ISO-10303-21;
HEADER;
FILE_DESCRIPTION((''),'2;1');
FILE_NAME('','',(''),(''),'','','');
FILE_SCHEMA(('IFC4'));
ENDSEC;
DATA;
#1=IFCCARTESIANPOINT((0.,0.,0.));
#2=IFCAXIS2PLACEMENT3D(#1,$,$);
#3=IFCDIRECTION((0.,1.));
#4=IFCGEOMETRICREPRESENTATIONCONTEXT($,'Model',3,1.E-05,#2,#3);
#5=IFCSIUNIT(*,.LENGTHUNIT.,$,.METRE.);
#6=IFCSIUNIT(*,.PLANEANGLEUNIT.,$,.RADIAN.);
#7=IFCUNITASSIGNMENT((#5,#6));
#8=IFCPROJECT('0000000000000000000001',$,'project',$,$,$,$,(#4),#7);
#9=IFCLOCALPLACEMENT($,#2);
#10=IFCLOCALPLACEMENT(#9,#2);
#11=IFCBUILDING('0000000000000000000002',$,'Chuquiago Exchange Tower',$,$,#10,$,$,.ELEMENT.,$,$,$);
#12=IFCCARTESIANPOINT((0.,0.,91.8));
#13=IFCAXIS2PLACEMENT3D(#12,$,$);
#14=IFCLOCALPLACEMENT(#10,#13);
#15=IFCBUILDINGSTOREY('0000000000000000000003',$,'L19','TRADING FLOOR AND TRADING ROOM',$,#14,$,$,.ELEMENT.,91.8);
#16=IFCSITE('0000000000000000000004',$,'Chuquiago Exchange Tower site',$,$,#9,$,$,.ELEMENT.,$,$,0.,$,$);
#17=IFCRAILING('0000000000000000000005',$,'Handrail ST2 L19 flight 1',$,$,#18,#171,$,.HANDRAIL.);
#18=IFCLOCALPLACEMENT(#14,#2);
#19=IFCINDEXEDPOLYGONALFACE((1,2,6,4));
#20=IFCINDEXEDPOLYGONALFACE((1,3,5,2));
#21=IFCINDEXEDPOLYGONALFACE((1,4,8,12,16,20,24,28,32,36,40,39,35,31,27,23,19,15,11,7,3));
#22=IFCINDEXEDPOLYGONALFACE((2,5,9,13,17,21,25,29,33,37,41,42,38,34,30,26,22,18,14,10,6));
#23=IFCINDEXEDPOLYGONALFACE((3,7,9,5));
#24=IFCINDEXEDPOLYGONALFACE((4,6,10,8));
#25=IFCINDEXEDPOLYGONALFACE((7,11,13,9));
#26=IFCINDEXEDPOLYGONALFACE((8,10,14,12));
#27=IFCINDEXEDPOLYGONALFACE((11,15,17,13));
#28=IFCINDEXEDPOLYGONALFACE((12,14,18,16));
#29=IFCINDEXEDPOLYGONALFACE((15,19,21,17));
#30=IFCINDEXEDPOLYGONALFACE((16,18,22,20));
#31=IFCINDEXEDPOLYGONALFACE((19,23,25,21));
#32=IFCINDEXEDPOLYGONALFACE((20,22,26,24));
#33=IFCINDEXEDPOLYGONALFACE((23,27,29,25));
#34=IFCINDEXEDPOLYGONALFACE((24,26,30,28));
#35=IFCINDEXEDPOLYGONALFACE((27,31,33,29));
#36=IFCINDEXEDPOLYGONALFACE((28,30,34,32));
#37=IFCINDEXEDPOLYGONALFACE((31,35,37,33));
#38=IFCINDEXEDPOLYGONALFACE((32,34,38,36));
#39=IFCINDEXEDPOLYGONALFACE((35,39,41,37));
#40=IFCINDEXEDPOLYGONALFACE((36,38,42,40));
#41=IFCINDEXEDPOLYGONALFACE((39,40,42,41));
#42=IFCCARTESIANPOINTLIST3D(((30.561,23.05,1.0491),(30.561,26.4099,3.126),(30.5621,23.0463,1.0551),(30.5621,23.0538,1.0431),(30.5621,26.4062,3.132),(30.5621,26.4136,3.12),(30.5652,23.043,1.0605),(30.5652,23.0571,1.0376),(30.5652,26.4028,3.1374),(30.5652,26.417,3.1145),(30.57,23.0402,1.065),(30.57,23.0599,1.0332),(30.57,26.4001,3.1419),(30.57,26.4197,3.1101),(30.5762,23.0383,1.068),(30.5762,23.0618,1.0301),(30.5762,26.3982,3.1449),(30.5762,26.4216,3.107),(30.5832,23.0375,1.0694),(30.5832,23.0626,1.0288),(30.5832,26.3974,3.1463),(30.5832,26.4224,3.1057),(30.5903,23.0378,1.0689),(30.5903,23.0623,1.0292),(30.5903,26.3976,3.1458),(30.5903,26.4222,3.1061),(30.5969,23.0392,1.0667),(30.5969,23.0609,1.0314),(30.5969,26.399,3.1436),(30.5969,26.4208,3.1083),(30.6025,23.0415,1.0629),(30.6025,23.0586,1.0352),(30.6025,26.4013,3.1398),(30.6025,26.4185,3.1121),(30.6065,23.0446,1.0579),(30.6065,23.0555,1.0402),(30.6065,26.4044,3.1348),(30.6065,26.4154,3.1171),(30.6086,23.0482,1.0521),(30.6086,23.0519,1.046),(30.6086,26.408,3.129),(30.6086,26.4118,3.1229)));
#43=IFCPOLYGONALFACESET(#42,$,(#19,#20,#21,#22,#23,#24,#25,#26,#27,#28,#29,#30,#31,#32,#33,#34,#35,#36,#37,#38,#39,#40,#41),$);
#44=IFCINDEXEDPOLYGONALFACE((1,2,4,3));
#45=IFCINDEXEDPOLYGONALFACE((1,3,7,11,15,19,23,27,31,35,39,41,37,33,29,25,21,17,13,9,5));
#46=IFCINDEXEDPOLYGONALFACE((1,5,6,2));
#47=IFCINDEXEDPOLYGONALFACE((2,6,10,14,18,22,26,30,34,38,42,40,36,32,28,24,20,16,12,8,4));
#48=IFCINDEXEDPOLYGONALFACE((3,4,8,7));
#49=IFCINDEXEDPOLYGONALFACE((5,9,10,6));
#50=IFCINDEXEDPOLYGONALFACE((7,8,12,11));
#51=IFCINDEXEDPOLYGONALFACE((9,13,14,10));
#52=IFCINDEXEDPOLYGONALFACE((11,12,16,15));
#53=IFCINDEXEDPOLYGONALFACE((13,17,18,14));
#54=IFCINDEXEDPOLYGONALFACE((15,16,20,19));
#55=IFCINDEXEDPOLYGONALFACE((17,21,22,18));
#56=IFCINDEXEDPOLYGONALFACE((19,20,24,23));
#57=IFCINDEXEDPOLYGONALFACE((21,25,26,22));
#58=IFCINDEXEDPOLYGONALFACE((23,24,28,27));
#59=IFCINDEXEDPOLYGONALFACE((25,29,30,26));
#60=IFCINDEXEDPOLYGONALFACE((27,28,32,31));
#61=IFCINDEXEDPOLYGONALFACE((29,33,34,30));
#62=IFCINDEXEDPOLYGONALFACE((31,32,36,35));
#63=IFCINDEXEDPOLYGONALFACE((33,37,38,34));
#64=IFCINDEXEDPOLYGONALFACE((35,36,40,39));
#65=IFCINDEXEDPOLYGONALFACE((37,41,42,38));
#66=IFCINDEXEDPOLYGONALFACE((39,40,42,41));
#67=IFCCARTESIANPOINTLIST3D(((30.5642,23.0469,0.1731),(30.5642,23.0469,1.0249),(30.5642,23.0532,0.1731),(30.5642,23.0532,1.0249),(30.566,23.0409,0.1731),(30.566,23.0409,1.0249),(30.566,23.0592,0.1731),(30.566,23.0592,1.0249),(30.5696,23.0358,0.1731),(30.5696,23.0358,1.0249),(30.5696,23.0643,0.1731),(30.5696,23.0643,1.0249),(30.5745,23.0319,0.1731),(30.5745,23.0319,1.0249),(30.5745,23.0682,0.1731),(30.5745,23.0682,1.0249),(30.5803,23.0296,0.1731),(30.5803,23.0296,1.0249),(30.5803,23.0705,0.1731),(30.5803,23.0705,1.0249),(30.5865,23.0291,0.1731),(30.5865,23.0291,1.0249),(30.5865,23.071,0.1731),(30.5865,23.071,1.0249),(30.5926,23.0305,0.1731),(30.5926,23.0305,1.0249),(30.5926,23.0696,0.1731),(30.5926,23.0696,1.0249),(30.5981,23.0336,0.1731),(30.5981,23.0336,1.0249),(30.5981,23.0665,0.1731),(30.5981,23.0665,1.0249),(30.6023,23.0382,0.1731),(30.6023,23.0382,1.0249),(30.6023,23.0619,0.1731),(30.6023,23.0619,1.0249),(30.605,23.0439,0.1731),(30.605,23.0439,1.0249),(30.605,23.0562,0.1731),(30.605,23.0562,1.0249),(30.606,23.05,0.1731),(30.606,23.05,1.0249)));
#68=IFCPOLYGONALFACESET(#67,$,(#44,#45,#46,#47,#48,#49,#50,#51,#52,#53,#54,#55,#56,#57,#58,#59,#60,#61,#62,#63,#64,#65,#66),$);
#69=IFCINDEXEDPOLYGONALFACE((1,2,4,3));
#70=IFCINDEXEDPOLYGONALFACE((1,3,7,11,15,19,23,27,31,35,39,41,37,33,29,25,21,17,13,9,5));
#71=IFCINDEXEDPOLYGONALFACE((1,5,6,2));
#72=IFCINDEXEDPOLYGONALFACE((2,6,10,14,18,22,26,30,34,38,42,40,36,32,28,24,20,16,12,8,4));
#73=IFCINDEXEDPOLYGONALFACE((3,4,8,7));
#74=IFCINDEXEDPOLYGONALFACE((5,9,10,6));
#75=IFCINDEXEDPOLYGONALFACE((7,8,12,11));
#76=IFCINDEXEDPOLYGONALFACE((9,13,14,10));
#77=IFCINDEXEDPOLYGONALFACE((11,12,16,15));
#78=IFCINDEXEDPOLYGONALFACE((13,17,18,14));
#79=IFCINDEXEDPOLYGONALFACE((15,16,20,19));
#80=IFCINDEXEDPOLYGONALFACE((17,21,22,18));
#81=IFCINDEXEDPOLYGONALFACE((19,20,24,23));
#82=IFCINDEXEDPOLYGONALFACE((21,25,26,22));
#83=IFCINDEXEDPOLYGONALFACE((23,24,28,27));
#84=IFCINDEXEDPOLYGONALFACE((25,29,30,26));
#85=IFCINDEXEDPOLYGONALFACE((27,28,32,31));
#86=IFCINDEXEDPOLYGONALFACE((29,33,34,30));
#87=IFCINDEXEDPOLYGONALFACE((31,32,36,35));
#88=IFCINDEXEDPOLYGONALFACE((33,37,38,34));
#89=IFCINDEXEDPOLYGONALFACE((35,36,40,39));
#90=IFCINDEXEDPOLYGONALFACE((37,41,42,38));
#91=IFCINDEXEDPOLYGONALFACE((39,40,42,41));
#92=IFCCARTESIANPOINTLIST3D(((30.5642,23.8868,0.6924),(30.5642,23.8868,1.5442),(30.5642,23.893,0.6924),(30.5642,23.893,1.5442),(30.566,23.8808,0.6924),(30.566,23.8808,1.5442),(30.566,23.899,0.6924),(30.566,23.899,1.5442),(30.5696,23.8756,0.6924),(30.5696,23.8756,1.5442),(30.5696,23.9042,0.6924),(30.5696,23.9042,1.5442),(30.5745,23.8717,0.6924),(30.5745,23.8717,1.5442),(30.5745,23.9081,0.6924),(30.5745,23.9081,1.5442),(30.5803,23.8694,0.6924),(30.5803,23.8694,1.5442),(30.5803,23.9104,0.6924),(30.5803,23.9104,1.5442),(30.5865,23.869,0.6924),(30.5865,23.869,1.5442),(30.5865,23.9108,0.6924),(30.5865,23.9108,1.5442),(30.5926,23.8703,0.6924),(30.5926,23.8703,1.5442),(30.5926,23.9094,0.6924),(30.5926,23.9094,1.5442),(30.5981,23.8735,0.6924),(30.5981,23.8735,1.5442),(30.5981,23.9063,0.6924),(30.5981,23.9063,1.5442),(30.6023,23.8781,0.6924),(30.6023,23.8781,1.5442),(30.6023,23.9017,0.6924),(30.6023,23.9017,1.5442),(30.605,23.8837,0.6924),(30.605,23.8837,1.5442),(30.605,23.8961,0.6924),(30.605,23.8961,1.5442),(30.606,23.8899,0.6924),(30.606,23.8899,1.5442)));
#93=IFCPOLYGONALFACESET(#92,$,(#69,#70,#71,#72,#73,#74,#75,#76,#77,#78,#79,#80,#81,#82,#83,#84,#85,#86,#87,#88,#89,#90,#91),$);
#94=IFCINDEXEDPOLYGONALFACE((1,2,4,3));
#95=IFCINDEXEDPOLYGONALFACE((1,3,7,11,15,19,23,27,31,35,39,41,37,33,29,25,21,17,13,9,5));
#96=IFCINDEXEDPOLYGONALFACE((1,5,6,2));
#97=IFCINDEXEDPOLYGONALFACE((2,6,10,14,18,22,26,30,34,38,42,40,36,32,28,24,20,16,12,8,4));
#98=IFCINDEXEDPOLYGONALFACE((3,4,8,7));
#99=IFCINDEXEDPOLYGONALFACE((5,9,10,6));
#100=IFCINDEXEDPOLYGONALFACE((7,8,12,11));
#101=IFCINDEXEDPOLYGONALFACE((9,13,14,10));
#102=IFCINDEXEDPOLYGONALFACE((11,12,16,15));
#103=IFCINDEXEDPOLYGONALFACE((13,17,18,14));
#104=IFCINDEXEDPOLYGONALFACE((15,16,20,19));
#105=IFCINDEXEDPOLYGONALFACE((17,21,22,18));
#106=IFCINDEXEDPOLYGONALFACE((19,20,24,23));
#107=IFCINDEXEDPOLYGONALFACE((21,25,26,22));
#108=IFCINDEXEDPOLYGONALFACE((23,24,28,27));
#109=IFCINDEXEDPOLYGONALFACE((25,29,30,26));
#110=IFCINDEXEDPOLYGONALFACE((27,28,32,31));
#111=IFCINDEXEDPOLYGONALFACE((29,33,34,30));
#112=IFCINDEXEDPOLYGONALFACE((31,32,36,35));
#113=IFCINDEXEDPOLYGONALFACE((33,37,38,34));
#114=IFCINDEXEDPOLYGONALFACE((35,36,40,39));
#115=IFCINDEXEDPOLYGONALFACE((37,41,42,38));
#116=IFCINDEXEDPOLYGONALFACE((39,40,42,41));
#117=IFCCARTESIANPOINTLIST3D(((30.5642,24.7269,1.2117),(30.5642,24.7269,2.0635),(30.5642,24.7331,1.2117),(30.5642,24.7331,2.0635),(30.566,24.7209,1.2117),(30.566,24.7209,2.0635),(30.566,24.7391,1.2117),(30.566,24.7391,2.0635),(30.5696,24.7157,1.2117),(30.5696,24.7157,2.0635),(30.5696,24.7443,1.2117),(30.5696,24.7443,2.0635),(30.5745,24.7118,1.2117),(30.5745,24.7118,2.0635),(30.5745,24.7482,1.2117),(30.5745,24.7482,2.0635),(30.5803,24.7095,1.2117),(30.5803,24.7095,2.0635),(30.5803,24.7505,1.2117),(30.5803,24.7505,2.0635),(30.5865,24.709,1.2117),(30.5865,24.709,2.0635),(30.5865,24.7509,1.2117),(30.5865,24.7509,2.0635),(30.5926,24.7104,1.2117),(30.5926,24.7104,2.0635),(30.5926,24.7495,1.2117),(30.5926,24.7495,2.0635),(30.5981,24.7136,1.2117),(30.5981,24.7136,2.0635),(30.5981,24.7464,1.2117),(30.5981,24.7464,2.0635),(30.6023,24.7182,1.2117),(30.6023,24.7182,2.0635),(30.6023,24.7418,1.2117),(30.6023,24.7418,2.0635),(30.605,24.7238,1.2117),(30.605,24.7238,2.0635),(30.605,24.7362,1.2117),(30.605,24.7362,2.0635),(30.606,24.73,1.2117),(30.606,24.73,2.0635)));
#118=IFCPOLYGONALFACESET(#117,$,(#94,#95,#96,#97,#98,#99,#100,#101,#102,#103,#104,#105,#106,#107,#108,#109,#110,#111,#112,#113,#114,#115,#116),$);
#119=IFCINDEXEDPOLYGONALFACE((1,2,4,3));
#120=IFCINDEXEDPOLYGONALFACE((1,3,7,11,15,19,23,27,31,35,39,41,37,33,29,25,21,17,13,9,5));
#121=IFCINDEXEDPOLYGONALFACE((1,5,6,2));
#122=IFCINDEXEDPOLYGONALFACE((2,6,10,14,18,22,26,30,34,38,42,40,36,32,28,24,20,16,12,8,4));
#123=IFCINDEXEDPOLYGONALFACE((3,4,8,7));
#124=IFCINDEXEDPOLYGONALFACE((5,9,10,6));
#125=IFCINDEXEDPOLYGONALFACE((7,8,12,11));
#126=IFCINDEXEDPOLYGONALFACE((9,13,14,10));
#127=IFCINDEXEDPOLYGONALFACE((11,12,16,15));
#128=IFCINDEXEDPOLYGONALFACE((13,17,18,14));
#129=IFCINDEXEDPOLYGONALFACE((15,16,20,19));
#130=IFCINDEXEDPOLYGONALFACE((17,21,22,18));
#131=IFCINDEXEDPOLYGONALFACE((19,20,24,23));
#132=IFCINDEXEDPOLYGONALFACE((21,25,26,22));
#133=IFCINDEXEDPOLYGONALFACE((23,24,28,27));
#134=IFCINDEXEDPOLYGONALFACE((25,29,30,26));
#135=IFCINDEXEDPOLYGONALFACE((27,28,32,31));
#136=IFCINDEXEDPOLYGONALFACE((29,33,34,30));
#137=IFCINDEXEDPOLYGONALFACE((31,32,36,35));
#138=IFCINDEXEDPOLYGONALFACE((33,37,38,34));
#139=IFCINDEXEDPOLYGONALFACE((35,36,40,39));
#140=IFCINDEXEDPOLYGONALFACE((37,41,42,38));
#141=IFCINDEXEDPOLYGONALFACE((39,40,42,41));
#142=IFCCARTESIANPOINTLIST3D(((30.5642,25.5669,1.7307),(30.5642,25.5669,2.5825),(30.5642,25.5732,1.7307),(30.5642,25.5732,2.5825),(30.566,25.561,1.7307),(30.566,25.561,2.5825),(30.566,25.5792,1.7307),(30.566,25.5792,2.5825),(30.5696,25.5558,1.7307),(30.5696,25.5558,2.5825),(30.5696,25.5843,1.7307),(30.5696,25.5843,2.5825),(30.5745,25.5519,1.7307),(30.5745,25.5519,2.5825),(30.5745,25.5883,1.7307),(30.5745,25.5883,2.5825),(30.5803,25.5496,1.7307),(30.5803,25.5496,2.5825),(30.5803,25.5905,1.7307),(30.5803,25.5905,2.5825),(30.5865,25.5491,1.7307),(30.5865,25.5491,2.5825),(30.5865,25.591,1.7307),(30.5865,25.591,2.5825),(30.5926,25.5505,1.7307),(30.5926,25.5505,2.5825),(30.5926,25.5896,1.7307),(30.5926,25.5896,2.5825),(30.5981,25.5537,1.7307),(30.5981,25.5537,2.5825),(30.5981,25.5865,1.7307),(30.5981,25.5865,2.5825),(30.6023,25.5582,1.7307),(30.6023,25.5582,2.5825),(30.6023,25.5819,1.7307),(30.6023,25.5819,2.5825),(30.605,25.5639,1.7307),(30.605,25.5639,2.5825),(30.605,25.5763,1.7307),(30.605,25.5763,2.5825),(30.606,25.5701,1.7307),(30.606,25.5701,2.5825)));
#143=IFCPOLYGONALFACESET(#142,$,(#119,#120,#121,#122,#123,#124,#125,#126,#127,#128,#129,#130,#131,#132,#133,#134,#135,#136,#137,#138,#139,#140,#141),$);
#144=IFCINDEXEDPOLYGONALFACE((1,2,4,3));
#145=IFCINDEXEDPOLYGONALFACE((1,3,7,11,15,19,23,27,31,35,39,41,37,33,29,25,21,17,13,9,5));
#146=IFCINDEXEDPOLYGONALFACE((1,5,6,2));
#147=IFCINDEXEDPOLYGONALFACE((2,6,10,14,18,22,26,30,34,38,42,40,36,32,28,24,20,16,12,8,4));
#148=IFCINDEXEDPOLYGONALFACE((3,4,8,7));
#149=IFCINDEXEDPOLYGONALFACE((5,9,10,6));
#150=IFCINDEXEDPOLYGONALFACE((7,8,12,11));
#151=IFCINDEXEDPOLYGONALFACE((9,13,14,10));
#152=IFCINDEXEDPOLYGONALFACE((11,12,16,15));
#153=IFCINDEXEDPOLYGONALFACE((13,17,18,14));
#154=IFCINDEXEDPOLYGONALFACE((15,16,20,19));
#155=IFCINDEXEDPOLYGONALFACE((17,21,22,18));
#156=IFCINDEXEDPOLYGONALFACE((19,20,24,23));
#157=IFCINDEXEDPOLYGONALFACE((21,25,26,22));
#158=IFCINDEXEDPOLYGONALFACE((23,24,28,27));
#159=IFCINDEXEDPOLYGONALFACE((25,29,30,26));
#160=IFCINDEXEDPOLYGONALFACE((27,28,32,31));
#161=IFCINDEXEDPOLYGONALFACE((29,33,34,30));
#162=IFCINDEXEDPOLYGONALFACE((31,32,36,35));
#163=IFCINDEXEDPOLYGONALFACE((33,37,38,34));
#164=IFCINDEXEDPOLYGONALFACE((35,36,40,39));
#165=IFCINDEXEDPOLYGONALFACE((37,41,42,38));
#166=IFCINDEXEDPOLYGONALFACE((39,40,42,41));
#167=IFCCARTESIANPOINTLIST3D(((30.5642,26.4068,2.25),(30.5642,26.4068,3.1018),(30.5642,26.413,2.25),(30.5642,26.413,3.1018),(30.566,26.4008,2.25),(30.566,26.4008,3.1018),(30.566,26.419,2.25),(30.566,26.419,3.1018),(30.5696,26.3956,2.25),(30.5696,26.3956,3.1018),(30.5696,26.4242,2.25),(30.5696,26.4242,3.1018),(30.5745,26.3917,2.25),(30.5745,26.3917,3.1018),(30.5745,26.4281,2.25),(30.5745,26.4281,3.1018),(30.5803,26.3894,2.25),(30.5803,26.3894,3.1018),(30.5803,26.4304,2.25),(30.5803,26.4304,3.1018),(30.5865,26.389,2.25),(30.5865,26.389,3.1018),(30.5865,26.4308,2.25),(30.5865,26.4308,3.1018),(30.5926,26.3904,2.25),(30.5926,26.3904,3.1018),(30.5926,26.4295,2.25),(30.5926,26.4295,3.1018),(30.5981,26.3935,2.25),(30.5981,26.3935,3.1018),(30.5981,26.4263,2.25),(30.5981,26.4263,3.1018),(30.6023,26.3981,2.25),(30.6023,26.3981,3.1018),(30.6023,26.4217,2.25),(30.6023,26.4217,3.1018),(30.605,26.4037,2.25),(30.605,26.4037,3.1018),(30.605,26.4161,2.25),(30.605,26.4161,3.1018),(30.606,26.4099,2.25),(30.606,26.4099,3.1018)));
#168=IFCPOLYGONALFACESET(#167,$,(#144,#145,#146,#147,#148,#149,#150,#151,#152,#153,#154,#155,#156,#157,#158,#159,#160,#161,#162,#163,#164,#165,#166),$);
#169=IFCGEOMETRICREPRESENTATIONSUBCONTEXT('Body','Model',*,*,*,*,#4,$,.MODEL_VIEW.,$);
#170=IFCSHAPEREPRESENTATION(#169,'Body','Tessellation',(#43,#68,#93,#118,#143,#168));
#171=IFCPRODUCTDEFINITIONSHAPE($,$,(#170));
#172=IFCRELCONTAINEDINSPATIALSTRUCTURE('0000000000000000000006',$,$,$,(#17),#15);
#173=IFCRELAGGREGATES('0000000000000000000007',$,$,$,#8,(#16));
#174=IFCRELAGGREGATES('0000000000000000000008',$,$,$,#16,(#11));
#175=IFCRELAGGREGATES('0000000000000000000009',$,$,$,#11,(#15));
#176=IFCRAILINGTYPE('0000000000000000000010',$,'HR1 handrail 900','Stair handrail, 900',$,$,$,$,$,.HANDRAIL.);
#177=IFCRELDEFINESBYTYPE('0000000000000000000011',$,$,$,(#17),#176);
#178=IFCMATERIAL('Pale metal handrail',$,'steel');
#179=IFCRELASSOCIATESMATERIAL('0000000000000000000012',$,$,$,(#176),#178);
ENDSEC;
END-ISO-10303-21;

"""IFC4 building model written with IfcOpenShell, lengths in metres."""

from ifc_helpers import new_model, si_unit, direction, frame, origin, origin_2d, place, context, subcontext, project, spatial, circle, extrude, material, type_object, element, save


model = new_model("IFC4")

# Units and contexts
model_context = context("Model", 3, precision=1e-05, world=origin(), true_north=direction((0.0, 1.0)))
body_context = subcontext(model_context, "Body", "Model", "MODEL_VIEW")
ifc_project = project(units=[si_unit("LENGTHUNIT", "METRE"), si_unit("PLANEANGLEUNIT", "RADIAN")], contexts=[model_context])

# Site, building, storey
site_placement = place(None, origin())
site = spatial("IfcSite", under=ifc_project, at=site_placement, Name="Chuquiago Exchange Tower site", CompositionType="ELEMENT", RefElevation=0.0)
building_placement = place(site_placement, origin())
building = spatial("IfcBuilding", under=site, at=building_placement, Name="Chuquiago Exchange Tower", CompositionType="ELEMENT")
storey_placement = place(building_placement, frame((0.0, 0.0, 91.8)))
storey = spatial("IfcBuildingStorey", under=building, at=storey_placement, Name="L19", Description="TRADING FLOOR AND TRADING ROOM", CompositionType="ELEMENT", Elevation=91.8)

# Railing
ifc_material_1 = material(Name="Pale metal handrail", Category="steel")
railing_type_1 = type_object("IfcRailingType", Name="HR1 handrail 900", Description="Stair handrail, 900", PredefinedType="HANDRAIL", material=ifc_material_1)
for number, where, name in (
    (1, (30.585, 23.05, 0.1731), "Handrail ST2 L19 flight 1"),
):
    element("IfcRailing", number, at=place(storey_placement, frame(where)), inside=storey, type_object=railing_type_1, Name=name, PredefinedType="HANDRAIL", context=body_context, shape_type="SweptSolid", body=[
        extrude(circle(Radius=0.0239, at=origin_2d()), frame((0.0, 0.0, 0.876), z_axis=(0.0, 0.850606, 0.525803), x_axis=(-1.0, 0.0, 0.0)), (0.0, 0.0, 1.0), 3.95),
        extrude(circle(Radius=0.021, at=origin_2d()), origin(), (0.0, 0.0, 1.0), 0.8518),
        extrude(circle(Radius=0.021, at=origin_2d()), frame((0.0, 0.8398, 0.5193)), (0.0, 0.0, 1.0), 0.8518),
        extrude(circle(Radius=0.021, at=origin_2d()), frame((0.0, 1.6799, 1.0386)), (0.0, 0.0, 1.0), 0.8518),
        extrude(circle(Radius=0.021, at=origin_2d()), frame((0.0, 2.52, 1.5576)), (0.0, 0.0, 1.0), 0.8518),
        extrude(circle(Radius=0.021, at=origin_2d()), frame((0.0, 3.3599, 2.0769)), (0.0, 0.0, 1.0), 0.8518),
    ])

save(model, "model.ifc")
